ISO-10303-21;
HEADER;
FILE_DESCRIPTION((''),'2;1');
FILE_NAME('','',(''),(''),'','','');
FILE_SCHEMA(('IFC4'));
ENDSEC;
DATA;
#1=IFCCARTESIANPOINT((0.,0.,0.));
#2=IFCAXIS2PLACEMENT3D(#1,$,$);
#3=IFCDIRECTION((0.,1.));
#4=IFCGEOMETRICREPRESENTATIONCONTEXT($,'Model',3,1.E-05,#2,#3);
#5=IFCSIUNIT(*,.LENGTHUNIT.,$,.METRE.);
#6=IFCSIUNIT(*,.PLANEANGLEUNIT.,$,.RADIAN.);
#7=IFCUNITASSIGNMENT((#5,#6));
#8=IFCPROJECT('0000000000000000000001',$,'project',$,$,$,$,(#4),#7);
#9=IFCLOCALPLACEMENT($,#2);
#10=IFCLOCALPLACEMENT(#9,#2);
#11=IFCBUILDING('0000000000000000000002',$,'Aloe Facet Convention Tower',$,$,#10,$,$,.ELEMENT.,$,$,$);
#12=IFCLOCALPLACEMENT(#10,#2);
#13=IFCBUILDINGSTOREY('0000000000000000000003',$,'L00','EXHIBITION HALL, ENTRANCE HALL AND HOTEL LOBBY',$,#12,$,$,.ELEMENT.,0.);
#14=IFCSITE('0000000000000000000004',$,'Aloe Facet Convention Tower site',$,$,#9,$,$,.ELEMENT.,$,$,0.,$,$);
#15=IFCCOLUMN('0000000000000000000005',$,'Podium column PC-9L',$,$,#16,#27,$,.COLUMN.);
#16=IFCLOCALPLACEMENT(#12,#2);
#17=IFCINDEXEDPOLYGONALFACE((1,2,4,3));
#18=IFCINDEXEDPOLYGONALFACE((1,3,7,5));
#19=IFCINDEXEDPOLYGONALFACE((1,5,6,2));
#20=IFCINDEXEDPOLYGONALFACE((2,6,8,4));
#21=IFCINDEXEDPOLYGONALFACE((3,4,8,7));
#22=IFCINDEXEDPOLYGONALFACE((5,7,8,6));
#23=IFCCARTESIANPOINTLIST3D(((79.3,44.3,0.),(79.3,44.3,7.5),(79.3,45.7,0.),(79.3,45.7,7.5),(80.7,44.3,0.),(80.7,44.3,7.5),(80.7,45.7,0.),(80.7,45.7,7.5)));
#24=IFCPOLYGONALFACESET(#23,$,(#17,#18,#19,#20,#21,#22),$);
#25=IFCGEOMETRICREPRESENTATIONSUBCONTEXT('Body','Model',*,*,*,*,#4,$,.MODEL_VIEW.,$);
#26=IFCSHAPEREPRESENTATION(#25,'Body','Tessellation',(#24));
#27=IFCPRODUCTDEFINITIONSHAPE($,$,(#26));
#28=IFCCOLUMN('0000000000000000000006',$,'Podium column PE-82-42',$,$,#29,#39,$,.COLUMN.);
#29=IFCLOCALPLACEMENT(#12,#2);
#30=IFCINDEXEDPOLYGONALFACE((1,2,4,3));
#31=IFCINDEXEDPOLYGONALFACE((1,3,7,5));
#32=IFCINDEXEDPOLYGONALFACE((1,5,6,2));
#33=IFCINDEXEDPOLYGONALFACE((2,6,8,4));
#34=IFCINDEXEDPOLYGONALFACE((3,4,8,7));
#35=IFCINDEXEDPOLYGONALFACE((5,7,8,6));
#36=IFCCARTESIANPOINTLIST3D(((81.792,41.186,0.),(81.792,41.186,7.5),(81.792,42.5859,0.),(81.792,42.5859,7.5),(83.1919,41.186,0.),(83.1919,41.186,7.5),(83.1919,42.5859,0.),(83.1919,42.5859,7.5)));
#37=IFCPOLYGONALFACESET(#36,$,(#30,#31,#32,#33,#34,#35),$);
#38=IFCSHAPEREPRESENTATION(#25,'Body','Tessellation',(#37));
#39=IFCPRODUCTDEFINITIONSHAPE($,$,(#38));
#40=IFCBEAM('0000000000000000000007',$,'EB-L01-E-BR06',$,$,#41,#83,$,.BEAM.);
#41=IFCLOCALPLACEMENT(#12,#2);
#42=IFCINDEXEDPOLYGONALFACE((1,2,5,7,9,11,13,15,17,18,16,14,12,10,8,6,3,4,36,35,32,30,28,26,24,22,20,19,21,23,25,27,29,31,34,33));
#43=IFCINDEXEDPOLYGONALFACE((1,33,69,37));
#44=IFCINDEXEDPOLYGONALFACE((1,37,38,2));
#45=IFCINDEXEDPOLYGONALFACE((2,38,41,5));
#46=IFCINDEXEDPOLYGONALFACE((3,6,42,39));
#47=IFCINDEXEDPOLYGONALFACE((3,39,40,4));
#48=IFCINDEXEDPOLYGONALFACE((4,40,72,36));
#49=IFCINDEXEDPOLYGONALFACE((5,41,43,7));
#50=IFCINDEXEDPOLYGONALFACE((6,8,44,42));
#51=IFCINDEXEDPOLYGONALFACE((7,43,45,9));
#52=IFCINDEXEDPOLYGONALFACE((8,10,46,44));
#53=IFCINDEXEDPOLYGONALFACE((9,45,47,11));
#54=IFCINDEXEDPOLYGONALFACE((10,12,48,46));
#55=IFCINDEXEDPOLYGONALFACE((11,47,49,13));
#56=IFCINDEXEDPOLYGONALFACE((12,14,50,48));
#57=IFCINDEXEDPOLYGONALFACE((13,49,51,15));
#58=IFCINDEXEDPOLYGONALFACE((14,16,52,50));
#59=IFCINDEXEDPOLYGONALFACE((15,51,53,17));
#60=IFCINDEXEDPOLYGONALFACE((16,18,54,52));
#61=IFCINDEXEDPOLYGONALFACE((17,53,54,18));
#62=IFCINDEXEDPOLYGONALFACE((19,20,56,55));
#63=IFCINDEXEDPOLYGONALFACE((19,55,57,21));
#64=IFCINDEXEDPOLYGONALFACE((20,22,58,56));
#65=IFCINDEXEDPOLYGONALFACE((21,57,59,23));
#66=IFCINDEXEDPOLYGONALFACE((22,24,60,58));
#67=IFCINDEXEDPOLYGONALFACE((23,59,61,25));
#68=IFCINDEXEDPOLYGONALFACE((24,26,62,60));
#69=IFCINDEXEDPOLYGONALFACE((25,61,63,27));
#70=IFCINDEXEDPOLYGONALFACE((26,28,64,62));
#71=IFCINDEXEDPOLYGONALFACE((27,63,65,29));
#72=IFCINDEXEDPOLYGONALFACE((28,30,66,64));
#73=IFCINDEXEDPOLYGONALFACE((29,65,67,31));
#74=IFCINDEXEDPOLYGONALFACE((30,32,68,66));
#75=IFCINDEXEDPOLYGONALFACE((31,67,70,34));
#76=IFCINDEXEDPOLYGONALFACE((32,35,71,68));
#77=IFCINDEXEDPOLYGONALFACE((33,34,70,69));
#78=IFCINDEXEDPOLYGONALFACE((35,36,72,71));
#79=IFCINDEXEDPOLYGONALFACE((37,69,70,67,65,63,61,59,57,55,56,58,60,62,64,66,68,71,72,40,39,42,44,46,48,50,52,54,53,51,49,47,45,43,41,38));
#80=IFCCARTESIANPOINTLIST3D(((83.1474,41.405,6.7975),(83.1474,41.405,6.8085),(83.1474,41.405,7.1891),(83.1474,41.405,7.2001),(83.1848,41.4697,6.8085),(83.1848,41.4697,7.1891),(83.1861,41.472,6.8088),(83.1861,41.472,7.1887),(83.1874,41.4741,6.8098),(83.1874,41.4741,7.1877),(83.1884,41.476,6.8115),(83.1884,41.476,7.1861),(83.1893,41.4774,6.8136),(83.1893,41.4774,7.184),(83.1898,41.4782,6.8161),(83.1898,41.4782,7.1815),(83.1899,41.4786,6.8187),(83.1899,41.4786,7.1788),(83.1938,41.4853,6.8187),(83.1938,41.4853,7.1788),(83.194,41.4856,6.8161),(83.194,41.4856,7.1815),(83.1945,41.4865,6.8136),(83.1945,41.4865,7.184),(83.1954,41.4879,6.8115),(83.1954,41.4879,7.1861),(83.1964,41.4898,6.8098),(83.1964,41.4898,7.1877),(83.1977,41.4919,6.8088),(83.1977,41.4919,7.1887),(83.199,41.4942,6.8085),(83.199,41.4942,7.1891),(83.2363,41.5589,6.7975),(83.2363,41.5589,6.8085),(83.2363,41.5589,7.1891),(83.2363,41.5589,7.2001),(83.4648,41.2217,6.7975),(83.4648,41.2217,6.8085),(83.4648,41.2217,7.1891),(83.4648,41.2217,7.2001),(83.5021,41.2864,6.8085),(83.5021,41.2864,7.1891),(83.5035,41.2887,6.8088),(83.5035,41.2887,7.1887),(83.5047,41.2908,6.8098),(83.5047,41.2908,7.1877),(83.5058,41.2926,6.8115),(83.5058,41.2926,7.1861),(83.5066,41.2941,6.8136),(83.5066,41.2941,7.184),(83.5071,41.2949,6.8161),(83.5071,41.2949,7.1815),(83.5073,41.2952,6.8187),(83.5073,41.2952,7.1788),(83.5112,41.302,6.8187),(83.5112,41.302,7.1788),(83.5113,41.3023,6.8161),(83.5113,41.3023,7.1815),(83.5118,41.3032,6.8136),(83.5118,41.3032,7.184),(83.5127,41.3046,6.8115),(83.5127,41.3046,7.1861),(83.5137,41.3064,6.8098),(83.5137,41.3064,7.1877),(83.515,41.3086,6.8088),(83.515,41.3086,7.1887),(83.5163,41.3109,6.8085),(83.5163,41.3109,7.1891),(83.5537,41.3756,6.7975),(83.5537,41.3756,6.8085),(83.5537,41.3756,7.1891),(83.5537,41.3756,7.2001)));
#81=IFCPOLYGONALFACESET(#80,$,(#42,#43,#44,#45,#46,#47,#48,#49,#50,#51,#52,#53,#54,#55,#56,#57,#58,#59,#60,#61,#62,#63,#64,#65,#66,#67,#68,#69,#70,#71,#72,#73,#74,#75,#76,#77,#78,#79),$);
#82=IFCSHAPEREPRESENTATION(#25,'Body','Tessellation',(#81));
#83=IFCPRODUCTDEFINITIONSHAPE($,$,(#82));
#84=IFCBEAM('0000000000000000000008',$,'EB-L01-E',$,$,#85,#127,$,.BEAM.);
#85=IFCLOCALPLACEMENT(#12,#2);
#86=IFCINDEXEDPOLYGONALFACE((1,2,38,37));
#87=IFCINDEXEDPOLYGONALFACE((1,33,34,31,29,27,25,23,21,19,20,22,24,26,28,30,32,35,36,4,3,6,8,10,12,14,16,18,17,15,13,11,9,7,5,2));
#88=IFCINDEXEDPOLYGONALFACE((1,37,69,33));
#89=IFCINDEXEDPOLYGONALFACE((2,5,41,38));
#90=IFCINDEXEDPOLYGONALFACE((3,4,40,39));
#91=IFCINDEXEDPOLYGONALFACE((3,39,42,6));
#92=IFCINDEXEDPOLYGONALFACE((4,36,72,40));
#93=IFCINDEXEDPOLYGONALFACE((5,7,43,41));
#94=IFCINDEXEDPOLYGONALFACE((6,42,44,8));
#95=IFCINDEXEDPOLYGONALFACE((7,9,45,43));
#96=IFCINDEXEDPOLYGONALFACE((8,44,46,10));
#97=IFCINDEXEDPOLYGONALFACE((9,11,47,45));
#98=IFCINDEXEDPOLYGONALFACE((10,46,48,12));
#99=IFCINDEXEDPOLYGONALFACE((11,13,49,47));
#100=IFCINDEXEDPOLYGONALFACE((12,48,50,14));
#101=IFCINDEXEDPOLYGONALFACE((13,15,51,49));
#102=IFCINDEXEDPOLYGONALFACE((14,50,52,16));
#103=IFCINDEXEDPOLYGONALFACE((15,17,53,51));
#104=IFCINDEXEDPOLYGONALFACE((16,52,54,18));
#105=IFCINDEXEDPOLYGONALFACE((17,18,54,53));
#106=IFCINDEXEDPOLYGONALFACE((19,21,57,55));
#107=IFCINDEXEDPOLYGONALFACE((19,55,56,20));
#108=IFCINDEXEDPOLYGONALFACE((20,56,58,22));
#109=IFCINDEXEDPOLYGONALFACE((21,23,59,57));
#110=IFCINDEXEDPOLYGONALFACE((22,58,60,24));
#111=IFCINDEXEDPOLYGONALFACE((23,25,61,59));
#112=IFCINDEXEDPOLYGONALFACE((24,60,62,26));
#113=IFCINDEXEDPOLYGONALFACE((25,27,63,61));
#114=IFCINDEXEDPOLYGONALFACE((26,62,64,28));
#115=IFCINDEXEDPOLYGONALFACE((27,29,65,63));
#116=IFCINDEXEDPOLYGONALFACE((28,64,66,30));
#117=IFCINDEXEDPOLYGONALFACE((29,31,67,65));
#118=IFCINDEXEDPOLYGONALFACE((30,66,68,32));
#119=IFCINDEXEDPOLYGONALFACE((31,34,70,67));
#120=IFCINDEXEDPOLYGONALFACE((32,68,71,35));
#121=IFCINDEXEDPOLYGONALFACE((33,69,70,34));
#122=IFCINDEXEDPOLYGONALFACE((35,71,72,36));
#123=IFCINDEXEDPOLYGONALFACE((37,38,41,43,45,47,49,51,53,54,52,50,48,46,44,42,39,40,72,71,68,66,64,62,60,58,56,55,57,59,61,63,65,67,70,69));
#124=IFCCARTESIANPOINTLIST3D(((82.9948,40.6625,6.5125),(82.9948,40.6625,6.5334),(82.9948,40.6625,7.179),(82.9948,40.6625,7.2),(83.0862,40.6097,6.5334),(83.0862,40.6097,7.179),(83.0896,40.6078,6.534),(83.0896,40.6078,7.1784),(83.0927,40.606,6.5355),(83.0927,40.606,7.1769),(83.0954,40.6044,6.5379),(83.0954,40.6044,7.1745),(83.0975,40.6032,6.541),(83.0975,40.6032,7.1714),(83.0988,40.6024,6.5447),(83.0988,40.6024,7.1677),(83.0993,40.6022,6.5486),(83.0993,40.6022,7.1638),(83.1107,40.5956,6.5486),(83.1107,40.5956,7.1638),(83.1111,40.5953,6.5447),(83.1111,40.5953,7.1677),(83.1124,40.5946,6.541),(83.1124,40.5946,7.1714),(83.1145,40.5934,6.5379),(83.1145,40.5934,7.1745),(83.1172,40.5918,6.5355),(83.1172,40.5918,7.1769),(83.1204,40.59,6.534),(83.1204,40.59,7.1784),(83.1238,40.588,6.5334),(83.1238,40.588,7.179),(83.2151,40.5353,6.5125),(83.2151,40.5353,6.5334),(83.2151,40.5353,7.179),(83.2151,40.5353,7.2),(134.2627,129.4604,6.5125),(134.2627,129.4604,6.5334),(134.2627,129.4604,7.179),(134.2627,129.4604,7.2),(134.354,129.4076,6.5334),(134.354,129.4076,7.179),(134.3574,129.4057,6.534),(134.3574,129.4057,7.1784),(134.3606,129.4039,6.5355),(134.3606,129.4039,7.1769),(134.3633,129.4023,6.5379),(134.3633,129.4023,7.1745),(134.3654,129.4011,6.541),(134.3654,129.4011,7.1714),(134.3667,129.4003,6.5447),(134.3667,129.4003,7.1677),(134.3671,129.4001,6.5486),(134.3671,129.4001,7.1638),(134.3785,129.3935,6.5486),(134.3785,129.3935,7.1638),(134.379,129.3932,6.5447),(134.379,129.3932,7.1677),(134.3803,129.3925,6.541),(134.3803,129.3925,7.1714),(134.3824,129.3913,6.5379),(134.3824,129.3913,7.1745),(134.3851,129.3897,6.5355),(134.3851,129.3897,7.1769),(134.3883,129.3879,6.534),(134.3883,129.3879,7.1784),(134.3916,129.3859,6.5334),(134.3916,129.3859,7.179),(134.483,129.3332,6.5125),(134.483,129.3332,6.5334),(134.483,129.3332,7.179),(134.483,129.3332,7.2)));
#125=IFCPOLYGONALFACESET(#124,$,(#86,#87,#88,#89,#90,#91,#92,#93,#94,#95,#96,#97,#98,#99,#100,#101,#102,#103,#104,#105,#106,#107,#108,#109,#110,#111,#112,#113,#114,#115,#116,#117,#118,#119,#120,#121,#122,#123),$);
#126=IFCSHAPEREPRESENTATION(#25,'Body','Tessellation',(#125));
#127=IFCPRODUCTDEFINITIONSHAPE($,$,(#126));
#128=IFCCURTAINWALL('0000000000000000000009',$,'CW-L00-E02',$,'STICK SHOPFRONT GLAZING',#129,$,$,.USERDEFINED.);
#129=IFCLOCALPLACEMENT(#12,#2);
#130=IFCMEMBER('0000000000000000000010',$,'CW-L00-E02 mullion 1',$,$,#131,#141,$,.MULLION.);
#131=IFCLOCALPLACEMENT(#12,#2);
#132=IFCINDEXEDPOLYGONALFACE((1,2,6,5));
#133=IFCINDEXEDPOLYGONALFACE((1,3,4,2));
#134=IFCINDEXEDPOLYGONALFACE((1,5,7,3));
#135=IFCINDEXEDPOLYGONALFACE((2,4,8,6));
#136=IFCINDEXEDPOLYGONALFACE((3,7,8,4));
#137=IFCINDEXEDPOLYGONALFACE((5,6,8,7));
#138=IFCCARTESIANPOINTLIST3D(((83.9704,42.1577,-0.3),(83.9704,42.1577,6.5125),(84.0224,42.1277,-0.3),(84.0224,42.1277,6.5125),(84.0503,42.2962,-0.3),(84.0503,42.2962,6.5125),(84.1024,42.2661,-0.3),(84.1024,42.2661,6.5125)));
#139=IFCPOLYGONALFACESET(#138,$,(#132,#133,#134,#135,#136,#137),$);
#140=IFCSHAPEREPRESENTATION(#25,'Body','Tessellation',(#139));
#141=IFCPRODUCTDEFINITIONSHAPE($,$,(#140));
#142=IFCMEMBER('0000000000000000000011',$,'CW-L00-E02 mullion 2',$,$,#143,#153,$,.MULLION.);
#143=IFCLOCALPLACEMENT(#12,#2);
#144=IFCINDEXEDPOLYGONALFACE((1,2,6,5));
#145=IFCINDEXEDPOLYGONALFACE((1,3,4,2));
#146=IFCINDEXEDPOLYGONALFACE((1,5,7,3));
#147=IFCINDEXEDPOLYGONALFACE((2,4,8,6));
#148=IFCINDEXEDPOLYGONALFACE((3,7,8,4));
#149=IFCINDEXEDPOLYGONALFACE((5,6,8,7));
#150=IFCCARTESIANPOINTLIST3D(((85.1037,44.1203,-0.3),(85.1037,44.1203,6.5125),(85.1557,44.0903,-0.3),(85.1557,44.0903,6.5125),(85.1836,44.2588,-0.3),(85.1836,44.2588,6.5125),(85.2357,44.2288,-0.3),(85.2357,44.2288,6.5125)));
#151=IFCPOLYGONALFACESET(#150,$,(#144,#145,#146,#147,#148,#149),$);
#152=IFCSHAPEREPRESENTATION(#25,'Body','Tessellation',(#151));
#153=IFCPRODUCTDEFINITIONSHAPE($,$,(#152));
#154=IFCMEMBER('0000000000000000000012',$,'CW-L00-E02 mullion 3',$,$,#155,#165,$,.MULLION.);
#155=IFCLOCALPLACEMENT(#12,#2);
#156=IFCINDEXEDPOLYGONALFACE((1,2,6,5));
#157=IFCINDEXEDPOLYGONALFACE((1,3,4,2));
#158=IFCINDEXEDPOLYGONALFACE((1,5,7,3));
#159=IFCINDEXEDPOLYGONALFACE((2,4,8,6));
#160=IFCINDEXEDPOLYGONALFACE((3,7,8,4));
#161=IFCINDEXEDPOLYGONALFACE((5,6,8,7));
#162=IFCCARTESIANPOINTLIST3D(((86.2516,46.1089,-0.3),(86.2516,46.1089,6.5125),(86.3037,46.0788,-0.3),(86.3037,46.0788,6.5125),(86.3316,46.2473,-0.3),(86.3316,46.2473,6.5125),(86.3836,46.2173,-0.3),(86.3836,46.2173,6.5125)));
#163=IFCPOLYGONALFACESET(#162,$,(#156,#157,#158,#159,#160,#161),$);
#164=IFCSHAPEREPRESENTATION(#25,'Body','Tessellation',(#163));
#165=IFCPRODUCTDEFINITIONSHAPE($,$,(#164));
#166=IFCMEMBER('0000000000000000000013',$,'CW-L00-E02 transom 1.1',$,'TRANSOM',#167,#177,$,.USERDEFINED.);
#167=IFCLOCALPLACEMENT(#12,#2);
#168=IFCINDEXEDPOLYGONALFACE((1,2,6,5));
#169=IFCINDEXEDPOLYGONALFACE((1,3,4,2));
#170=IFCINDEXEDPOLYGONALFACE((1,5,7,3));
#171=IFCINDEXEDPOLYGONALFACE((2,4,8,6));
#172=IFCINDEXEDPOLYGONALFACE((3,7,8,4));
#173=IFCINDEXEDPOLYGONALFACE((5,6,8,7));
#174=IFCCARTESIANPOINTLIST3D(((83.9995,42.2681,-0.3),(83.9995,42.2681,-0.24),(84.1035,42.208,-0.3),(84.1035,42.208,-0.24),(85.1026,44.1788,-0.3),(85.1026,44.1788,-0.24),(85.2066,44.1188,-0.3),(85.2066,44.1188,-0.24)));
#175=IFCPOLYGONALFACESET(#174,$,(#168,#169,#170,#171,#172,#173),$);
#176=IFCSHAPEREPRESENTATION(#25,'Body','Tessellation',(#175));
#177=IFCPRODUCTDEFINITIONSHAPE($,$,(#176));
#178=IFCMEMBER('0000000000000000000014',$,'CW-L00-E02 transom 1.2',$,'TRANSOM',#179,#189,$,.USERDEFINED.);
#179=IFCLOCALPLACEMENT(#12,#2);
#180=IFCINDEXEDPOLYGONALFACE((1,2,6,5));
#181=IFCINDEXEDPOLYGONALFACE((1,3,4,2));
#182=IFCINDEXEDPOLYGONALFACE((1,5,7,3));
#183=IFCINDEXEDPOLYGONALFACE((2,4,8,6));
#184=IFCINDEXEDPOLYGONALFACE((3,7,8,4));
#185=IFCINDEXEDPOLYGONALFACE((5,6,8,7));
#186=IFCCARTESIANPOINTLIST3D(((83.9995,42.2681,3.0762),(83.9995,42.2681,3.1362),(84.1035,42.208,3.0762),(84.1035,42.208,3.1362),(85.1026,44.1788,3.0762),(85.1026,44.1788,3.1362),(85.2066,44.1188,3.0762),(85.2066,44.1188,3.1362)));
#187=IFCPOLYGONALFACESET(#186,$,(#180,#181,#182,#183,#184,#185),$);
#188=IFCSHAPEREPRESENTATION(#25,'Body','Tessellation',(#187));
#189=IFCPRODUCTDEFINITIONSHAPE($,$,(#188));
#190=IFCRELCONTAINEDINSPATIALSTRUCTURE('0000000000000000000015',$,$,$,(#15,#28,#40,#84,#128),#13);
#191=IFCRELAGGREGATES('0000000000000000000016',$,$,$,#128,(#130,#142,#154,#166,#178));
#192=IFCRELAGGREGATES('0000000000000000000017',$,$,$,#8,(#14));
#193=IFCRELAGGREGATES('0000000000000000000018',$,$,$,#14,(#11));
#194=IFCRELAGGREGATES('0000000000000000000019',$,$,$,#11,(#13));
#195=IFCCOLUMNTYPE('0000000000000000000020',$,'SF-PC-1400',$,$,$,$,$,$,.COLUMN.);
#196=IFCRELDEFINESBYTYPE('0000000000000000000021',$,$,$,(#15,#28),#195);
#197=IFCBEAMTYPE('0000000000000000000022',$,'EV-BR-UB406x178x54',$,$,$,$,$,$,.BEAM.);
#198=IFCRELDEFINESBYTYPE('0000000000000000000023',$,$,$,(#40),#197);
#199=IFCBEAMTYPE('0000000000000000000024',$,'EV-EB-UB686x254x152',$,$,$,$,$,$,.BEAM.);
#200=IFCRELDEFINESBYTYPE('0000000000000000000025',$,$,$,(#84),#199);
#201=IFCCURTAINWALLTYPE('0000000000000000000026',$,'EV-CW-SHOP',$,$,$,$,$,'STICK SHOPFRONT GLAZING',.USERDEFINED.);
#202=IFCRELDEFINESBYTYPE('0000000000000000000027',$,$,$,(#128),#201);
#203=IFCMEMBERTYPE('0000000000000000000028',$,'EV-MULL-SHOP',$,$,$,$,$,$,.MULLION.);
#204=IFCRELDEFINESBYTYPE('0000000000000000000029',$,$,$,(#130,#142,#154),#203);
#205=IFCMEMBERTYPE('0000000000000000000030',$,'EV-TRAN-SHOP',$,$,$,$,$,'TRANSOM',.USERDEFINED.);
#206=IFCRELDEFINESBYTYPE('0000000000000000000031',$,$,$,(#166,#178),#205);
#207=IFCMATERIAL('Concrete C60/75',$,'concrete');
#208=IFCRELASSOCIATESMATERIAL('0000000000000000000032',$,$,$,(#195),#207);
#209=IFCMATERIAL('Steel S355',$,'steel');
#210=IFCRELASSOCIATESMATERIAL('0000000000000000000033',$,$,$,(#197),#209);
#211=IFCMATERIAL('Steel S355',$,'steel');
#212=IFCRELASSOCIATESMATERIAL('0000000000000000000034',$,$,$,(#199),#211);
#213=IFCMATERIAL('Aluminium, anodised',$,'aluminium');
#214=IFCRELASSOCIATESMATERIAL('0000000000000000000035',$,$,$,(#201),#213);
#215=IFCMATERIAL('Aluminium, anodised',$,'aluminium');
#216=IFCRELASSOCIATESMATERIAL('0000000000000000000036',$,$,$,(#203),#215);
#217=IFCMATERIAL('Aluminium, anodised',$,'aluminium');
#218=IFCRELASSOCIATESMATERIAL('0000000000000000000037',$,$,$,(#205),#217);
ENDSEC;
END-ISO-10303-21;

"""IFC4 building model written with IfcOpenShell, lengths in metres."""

from ifc_helpers import new_model, si_unit, direction, frame, origin, origin_2d, place, context, subcontext, project, spatial, rectangle, i_section, extrude, material, material_profile, profile_set, type_object, element, aggregate, save


model = new_model("IFC4")

# Units and contexts
model_context = context("Model", 3, precision=1e-05, world=origin(), true_north=direction((0.0, 1.0)))
body_context = subcontext(model_context, "Body", "Model", "MODEL_VIEW")
ifc_project = project(units=[si_unit("LENGTHUNIT", "METRE"), si_unit("PLANEANGLEUNIT", "RADIAN")], contexts=[model_context])

# Site, building, storey
site_placement = place(None, origin())
site = spatial("IfcSite", under=ifc_project, at=site_placement, Name="Aloe Facet Convention Tower site", CompositionType="ELEMENT", RefElevation=0.0)
building_placement = place(site_placement, origin())
building = spatial("IfcBuilding", under=site, at=building_placement, Name="Aloe Facet Convention Tower", CompositionType="ELEMENT")
storey_placement = place(building_placement, origin())
storey = spatial("IfcBuildingStorey", under=building, at=storey_placement, Name="L00", Description="EXHIBITION HALL, ENTRANCE HALL AND HOTEL LOBBY", CompositionType="ELEMENT", Elevation=0.0)

# Columns
ifc_material_1 = material(Name="Concrete C60/75", Category="concrete")
ifc_material_profile_1 = material_profile(ifc_material_1, rectangle(XDim=1.3999, YDim=1.3999, at=origin_2d()), Name="SF-PC-1400")
ifc_profile_set_1 = profile_set([ifc_material_profile_1], Name="Concrete C60/75")
column_type = type_object("IfcColumnType", Name="SF-PC-1400", PredefinedType="COLUMN", material=ifc_profile_set_1)
for number, where, z_axis, x_axis, name in (
    (1, (80.0, 45.0, 0.0), (0.0, 0.0, 1.0), (1.0, 0.0, 0.0), "Podium column PC-9L"),
    (2, (82.4919, 41.886, 0.0), (0.0, 0.0, 1.0), (1.0, 0.0, 0.0), "Podium column PE-82-42"),
):
    element("IfcColumn", number, at=place(storey_placement, frame(where, z_axis=z_axis, x_axis=x_axis)), inside=storey, type_object=column_type, Name=name, PredefinedType="COLUMN", context=body_context, shape_type="SweptSolid", body=[
        extrude(rectangle(XDim=1.3999, YDim=1.3999, at=origin_2d()), origin(), (0.0, 0.0, 1.0), 7.5),
    ])

# Beams
ifc_material_2 = material(Name="Steel S355", Category="steel")
ifc_material_profile_2 = material_profile(ifc_material_2, i_section(OverallWidth=0.1777, OverallDepth=0.4026, WebThickness=0.0078, FlangeThickness=0.011, FilletRadius=0.0103, at=origin_2d()), Name="UB 406x178x54")
ifc_profile_set_2 = profile_set([ifc_material_profile_2], Name="Steel S355")
beam_type_1 = type_object("IfcBeamType", Name="EV-BR-UB406x178x54", PredefinedType="BEAM", material=ifc_profile_set_2)
beam_1_placement = place(storey_placement, frame((83.1919, 41.4819, 6.9988), z_axis=(0.865897, -0.500222, 0.0), x_axis=(0.500222, 0.865897, 0.0)))
element("IfcBeam", 3, at=beam_1_placement, inside=storey, type_object=beam_type_1, Name="EB-L01-E-BR06", PredefinedType="BEAM", context=body_context, shape_type="SweptSolid", body=[
    extrude(i_section(OverallWidth=0.1777, OverallDepth=0.4026, WebThickness=0.0078, FlangeThickness=0.011, FilletRadius=0.0103, at=origin_2d()), origin(), (0.0, 0.0, 1.0), 0.3665),
])
ifc_material_3 = material(Name="Steel S355", Category="steel")
ifc_material_profile_3 = material_profile(ifc_material_3, i_section(OverallWidth=0.2544, OverallDepth=0.6875, WebThickness=0.0132, FlangeThickness=0.021, FilletRadius=0.0151, at=origin_2d()), Name="UB 686x254x152")
ifc_profile_set_3 = profile_set([ifc_material_profile_3], Name="Steel S355")
beam_type_2 = type_object("IfcBeamType", Name="EV-EB-UB686x254x152", PredefinedType="BEAM", material=ifc_profile_set_3)
beam_2_placement = place(storey_placement, frame((83.105, 40.5989, 6.8562), z_axis=(0.500003, 0.866024, 0.0), x_axis=(-0.866024, 0.500003, 0.0)))
element("IfcBeam", 4, at=beam_2_placement, inside=storey, type_object=beam_type_2, Name="EB-L01-E", PredefinedType="BEAM", context=body_context, shape_type="SweptSolid", body=[
    extrude(i_section(OverallWidth=0.2544, OverallDepth=0.6875, WebThickness=0.0132, FlangeThickness=0.021, FilletRadius=0.0151, at=origin_2d()), origin(), (0.0, 0.0, 1.0), 102.5352),
])

# Curtain wall, members
ifc_material_4 = material(Name="Aluminium, anodised", Category="aluminium")
curtain_wall_type = type_object("IfcCurtainWallType", Name="EV-CW-SHOP", ElementType="STICK SHOPFRONT GLAZING", PredefinedType="USERDEFINED", material=ifc_material_4)
curtain_wall_placement = place(storey_placement, origin())
curtain_wall = element("IfcCurtainWall", 5, at=curtain_wall_placement, inside=storey, type_object=curtain_wall_type, Name="CW-L00-E02", ObjectType="STICK SHOPFRONT GLAZING", PredefinedType="USERDEFINED")
ifc_material_5 = material(Name="Aluminium, anodised", Category="aluminium")
ifc_material_profile_4 = material_profile(ifc_material_5, rectangle(XDim=0.0601, YDim=0.1599, at=origin_2d()), Name="AL 60x160")
ifc_profile_set_4 = profile_set([ifc_material_profile_4], Name="Aluminium, anodised")
member_type_1 = type_object("IfcMemberType", Name="EV-MULL-SHOP", PredefinedType="MULLION", material=ifc_profile_set_4)
member_1_placement = place(storey_placement, frame((84.0364, 42.2119, -0.3), z_axis=(0.0, 0.0, 1.0), x_axis=(-0.866025, 0.5, 0.0)))
member_1 = element("IfcMember", 6, at=member_1_placement, type_object=member_type_1, Name="CW-L00-E02 mullion 1", PredefinedType="MULLION", context=body_context, shape_type="SweptSolid", body=[
    extrude(rectangle(XDim=0.0601, YDim=0.1599, at=origin_2d()), origin(), (0.0, 0.0, 1.0), 6.8125),
])
member_2_placement = place(storey_placement, frame((85.1697, 44.1746, -0.3), z_axis=(0.0, 0.0, 1.0), x_axis=(-0.866025, 0.5, 0.0)))
member_2 = element("IfcMember", 7, at=member_2_placement, type_object=member_type_1, Name="CW-L00-E02 mullion 2", PredefinedType="MULLION", context=body_context, shape_type="SweptSolid", body=[
    extrude(rectangle(XDim=0.0601, YDim=0.1599, at=origin_2d()), origin(), (0.0, 0.0, 1.0), 6.8125),
])
member_3_placement = place(storey_placement, frame((86.3176, 46.1631, -0.3), z_axis=(0.0, 0.0, 1.0), x_axis=(-0.866025, 0.5, 0.0)))
member_3 = element("IfcMember", 8, at=member_3_placement, type_object=member_type_1, Name="CW-L00-E02 mullion 3", PredefinedType="MULLION", context=body_context, shape_type="SweptSolid", body=[
    extrude(rectangle(XDim=0.0601, YDim=0.1599, at=origin_2d()), origin(), (0.0, 0.0, 1.0), 6.8125),
])
ifc_material_6 = material(Name="Aluminium, anodised", Category="aluminium")
ifc_material_profile_5 = material_profile(ifc_material_6, rectangle(XDim=0.1201, YDim=0.0601, at=origin_2d()), Name="AL 120x60")
ifc_profile_set_5 = profile_set([ifc_material_profile_5], Name="Aluminium, anodised")
member_type_2 = type_object("IfcMemberType", Name="EV-TRAN-SHOP", ElementType="TRANSOM", PredefinedType="USERDEFINED", material=ifc_profile_set_5)
member_4_placement = place(storey_placement, frame((84.0515, 42.238, -0.27), z_axis=(0.499972, 0.866042, 0.0), x_axis=(-0.866042, 0.499972, 0.0)))
member_4 = element("IfcMember", 9, at=member_4_placement, type_object=member_type_2, Name="CW-L00-E02 transom 1.1", ObjectType="TRANSOM", PredefinedType="USERDEFINED", context=body_context, shape_type="SweptSolid", body=[
    extrude(rectangle(XDim=0.1201, YDim=0.0601, at=origin_2d()), origin(), (0.0, 0.0, 1.0), 2.2063),
])
member_5_placement = place(storey_placement, frame((84.0515, 42.238, 3.1062), z_axis=(0.499972, 0.866042, 0.0), x_axis=(-0.866042, 0.499972, 0.0)))
member_5 = element("IfcMember", 10, at=member_5_placement, type_object=member_type_2, Name="CW-L00-E02 transom 1.2", ObjectType="TRANSOM", PredefinedType="USERDEFINED", context=body_context, shape_type="SweptSolid", body=[
    extrude(rectangle(XDim=0.1201, YDim=0.0601, at=origin_2d()), origin(), (0.0, 0.0, 1.0), 2.2063),
])

aggregate(curtain_wall, [member_1, member_2, member_3, member_4, member_5])

save(model, "model.ifc")
